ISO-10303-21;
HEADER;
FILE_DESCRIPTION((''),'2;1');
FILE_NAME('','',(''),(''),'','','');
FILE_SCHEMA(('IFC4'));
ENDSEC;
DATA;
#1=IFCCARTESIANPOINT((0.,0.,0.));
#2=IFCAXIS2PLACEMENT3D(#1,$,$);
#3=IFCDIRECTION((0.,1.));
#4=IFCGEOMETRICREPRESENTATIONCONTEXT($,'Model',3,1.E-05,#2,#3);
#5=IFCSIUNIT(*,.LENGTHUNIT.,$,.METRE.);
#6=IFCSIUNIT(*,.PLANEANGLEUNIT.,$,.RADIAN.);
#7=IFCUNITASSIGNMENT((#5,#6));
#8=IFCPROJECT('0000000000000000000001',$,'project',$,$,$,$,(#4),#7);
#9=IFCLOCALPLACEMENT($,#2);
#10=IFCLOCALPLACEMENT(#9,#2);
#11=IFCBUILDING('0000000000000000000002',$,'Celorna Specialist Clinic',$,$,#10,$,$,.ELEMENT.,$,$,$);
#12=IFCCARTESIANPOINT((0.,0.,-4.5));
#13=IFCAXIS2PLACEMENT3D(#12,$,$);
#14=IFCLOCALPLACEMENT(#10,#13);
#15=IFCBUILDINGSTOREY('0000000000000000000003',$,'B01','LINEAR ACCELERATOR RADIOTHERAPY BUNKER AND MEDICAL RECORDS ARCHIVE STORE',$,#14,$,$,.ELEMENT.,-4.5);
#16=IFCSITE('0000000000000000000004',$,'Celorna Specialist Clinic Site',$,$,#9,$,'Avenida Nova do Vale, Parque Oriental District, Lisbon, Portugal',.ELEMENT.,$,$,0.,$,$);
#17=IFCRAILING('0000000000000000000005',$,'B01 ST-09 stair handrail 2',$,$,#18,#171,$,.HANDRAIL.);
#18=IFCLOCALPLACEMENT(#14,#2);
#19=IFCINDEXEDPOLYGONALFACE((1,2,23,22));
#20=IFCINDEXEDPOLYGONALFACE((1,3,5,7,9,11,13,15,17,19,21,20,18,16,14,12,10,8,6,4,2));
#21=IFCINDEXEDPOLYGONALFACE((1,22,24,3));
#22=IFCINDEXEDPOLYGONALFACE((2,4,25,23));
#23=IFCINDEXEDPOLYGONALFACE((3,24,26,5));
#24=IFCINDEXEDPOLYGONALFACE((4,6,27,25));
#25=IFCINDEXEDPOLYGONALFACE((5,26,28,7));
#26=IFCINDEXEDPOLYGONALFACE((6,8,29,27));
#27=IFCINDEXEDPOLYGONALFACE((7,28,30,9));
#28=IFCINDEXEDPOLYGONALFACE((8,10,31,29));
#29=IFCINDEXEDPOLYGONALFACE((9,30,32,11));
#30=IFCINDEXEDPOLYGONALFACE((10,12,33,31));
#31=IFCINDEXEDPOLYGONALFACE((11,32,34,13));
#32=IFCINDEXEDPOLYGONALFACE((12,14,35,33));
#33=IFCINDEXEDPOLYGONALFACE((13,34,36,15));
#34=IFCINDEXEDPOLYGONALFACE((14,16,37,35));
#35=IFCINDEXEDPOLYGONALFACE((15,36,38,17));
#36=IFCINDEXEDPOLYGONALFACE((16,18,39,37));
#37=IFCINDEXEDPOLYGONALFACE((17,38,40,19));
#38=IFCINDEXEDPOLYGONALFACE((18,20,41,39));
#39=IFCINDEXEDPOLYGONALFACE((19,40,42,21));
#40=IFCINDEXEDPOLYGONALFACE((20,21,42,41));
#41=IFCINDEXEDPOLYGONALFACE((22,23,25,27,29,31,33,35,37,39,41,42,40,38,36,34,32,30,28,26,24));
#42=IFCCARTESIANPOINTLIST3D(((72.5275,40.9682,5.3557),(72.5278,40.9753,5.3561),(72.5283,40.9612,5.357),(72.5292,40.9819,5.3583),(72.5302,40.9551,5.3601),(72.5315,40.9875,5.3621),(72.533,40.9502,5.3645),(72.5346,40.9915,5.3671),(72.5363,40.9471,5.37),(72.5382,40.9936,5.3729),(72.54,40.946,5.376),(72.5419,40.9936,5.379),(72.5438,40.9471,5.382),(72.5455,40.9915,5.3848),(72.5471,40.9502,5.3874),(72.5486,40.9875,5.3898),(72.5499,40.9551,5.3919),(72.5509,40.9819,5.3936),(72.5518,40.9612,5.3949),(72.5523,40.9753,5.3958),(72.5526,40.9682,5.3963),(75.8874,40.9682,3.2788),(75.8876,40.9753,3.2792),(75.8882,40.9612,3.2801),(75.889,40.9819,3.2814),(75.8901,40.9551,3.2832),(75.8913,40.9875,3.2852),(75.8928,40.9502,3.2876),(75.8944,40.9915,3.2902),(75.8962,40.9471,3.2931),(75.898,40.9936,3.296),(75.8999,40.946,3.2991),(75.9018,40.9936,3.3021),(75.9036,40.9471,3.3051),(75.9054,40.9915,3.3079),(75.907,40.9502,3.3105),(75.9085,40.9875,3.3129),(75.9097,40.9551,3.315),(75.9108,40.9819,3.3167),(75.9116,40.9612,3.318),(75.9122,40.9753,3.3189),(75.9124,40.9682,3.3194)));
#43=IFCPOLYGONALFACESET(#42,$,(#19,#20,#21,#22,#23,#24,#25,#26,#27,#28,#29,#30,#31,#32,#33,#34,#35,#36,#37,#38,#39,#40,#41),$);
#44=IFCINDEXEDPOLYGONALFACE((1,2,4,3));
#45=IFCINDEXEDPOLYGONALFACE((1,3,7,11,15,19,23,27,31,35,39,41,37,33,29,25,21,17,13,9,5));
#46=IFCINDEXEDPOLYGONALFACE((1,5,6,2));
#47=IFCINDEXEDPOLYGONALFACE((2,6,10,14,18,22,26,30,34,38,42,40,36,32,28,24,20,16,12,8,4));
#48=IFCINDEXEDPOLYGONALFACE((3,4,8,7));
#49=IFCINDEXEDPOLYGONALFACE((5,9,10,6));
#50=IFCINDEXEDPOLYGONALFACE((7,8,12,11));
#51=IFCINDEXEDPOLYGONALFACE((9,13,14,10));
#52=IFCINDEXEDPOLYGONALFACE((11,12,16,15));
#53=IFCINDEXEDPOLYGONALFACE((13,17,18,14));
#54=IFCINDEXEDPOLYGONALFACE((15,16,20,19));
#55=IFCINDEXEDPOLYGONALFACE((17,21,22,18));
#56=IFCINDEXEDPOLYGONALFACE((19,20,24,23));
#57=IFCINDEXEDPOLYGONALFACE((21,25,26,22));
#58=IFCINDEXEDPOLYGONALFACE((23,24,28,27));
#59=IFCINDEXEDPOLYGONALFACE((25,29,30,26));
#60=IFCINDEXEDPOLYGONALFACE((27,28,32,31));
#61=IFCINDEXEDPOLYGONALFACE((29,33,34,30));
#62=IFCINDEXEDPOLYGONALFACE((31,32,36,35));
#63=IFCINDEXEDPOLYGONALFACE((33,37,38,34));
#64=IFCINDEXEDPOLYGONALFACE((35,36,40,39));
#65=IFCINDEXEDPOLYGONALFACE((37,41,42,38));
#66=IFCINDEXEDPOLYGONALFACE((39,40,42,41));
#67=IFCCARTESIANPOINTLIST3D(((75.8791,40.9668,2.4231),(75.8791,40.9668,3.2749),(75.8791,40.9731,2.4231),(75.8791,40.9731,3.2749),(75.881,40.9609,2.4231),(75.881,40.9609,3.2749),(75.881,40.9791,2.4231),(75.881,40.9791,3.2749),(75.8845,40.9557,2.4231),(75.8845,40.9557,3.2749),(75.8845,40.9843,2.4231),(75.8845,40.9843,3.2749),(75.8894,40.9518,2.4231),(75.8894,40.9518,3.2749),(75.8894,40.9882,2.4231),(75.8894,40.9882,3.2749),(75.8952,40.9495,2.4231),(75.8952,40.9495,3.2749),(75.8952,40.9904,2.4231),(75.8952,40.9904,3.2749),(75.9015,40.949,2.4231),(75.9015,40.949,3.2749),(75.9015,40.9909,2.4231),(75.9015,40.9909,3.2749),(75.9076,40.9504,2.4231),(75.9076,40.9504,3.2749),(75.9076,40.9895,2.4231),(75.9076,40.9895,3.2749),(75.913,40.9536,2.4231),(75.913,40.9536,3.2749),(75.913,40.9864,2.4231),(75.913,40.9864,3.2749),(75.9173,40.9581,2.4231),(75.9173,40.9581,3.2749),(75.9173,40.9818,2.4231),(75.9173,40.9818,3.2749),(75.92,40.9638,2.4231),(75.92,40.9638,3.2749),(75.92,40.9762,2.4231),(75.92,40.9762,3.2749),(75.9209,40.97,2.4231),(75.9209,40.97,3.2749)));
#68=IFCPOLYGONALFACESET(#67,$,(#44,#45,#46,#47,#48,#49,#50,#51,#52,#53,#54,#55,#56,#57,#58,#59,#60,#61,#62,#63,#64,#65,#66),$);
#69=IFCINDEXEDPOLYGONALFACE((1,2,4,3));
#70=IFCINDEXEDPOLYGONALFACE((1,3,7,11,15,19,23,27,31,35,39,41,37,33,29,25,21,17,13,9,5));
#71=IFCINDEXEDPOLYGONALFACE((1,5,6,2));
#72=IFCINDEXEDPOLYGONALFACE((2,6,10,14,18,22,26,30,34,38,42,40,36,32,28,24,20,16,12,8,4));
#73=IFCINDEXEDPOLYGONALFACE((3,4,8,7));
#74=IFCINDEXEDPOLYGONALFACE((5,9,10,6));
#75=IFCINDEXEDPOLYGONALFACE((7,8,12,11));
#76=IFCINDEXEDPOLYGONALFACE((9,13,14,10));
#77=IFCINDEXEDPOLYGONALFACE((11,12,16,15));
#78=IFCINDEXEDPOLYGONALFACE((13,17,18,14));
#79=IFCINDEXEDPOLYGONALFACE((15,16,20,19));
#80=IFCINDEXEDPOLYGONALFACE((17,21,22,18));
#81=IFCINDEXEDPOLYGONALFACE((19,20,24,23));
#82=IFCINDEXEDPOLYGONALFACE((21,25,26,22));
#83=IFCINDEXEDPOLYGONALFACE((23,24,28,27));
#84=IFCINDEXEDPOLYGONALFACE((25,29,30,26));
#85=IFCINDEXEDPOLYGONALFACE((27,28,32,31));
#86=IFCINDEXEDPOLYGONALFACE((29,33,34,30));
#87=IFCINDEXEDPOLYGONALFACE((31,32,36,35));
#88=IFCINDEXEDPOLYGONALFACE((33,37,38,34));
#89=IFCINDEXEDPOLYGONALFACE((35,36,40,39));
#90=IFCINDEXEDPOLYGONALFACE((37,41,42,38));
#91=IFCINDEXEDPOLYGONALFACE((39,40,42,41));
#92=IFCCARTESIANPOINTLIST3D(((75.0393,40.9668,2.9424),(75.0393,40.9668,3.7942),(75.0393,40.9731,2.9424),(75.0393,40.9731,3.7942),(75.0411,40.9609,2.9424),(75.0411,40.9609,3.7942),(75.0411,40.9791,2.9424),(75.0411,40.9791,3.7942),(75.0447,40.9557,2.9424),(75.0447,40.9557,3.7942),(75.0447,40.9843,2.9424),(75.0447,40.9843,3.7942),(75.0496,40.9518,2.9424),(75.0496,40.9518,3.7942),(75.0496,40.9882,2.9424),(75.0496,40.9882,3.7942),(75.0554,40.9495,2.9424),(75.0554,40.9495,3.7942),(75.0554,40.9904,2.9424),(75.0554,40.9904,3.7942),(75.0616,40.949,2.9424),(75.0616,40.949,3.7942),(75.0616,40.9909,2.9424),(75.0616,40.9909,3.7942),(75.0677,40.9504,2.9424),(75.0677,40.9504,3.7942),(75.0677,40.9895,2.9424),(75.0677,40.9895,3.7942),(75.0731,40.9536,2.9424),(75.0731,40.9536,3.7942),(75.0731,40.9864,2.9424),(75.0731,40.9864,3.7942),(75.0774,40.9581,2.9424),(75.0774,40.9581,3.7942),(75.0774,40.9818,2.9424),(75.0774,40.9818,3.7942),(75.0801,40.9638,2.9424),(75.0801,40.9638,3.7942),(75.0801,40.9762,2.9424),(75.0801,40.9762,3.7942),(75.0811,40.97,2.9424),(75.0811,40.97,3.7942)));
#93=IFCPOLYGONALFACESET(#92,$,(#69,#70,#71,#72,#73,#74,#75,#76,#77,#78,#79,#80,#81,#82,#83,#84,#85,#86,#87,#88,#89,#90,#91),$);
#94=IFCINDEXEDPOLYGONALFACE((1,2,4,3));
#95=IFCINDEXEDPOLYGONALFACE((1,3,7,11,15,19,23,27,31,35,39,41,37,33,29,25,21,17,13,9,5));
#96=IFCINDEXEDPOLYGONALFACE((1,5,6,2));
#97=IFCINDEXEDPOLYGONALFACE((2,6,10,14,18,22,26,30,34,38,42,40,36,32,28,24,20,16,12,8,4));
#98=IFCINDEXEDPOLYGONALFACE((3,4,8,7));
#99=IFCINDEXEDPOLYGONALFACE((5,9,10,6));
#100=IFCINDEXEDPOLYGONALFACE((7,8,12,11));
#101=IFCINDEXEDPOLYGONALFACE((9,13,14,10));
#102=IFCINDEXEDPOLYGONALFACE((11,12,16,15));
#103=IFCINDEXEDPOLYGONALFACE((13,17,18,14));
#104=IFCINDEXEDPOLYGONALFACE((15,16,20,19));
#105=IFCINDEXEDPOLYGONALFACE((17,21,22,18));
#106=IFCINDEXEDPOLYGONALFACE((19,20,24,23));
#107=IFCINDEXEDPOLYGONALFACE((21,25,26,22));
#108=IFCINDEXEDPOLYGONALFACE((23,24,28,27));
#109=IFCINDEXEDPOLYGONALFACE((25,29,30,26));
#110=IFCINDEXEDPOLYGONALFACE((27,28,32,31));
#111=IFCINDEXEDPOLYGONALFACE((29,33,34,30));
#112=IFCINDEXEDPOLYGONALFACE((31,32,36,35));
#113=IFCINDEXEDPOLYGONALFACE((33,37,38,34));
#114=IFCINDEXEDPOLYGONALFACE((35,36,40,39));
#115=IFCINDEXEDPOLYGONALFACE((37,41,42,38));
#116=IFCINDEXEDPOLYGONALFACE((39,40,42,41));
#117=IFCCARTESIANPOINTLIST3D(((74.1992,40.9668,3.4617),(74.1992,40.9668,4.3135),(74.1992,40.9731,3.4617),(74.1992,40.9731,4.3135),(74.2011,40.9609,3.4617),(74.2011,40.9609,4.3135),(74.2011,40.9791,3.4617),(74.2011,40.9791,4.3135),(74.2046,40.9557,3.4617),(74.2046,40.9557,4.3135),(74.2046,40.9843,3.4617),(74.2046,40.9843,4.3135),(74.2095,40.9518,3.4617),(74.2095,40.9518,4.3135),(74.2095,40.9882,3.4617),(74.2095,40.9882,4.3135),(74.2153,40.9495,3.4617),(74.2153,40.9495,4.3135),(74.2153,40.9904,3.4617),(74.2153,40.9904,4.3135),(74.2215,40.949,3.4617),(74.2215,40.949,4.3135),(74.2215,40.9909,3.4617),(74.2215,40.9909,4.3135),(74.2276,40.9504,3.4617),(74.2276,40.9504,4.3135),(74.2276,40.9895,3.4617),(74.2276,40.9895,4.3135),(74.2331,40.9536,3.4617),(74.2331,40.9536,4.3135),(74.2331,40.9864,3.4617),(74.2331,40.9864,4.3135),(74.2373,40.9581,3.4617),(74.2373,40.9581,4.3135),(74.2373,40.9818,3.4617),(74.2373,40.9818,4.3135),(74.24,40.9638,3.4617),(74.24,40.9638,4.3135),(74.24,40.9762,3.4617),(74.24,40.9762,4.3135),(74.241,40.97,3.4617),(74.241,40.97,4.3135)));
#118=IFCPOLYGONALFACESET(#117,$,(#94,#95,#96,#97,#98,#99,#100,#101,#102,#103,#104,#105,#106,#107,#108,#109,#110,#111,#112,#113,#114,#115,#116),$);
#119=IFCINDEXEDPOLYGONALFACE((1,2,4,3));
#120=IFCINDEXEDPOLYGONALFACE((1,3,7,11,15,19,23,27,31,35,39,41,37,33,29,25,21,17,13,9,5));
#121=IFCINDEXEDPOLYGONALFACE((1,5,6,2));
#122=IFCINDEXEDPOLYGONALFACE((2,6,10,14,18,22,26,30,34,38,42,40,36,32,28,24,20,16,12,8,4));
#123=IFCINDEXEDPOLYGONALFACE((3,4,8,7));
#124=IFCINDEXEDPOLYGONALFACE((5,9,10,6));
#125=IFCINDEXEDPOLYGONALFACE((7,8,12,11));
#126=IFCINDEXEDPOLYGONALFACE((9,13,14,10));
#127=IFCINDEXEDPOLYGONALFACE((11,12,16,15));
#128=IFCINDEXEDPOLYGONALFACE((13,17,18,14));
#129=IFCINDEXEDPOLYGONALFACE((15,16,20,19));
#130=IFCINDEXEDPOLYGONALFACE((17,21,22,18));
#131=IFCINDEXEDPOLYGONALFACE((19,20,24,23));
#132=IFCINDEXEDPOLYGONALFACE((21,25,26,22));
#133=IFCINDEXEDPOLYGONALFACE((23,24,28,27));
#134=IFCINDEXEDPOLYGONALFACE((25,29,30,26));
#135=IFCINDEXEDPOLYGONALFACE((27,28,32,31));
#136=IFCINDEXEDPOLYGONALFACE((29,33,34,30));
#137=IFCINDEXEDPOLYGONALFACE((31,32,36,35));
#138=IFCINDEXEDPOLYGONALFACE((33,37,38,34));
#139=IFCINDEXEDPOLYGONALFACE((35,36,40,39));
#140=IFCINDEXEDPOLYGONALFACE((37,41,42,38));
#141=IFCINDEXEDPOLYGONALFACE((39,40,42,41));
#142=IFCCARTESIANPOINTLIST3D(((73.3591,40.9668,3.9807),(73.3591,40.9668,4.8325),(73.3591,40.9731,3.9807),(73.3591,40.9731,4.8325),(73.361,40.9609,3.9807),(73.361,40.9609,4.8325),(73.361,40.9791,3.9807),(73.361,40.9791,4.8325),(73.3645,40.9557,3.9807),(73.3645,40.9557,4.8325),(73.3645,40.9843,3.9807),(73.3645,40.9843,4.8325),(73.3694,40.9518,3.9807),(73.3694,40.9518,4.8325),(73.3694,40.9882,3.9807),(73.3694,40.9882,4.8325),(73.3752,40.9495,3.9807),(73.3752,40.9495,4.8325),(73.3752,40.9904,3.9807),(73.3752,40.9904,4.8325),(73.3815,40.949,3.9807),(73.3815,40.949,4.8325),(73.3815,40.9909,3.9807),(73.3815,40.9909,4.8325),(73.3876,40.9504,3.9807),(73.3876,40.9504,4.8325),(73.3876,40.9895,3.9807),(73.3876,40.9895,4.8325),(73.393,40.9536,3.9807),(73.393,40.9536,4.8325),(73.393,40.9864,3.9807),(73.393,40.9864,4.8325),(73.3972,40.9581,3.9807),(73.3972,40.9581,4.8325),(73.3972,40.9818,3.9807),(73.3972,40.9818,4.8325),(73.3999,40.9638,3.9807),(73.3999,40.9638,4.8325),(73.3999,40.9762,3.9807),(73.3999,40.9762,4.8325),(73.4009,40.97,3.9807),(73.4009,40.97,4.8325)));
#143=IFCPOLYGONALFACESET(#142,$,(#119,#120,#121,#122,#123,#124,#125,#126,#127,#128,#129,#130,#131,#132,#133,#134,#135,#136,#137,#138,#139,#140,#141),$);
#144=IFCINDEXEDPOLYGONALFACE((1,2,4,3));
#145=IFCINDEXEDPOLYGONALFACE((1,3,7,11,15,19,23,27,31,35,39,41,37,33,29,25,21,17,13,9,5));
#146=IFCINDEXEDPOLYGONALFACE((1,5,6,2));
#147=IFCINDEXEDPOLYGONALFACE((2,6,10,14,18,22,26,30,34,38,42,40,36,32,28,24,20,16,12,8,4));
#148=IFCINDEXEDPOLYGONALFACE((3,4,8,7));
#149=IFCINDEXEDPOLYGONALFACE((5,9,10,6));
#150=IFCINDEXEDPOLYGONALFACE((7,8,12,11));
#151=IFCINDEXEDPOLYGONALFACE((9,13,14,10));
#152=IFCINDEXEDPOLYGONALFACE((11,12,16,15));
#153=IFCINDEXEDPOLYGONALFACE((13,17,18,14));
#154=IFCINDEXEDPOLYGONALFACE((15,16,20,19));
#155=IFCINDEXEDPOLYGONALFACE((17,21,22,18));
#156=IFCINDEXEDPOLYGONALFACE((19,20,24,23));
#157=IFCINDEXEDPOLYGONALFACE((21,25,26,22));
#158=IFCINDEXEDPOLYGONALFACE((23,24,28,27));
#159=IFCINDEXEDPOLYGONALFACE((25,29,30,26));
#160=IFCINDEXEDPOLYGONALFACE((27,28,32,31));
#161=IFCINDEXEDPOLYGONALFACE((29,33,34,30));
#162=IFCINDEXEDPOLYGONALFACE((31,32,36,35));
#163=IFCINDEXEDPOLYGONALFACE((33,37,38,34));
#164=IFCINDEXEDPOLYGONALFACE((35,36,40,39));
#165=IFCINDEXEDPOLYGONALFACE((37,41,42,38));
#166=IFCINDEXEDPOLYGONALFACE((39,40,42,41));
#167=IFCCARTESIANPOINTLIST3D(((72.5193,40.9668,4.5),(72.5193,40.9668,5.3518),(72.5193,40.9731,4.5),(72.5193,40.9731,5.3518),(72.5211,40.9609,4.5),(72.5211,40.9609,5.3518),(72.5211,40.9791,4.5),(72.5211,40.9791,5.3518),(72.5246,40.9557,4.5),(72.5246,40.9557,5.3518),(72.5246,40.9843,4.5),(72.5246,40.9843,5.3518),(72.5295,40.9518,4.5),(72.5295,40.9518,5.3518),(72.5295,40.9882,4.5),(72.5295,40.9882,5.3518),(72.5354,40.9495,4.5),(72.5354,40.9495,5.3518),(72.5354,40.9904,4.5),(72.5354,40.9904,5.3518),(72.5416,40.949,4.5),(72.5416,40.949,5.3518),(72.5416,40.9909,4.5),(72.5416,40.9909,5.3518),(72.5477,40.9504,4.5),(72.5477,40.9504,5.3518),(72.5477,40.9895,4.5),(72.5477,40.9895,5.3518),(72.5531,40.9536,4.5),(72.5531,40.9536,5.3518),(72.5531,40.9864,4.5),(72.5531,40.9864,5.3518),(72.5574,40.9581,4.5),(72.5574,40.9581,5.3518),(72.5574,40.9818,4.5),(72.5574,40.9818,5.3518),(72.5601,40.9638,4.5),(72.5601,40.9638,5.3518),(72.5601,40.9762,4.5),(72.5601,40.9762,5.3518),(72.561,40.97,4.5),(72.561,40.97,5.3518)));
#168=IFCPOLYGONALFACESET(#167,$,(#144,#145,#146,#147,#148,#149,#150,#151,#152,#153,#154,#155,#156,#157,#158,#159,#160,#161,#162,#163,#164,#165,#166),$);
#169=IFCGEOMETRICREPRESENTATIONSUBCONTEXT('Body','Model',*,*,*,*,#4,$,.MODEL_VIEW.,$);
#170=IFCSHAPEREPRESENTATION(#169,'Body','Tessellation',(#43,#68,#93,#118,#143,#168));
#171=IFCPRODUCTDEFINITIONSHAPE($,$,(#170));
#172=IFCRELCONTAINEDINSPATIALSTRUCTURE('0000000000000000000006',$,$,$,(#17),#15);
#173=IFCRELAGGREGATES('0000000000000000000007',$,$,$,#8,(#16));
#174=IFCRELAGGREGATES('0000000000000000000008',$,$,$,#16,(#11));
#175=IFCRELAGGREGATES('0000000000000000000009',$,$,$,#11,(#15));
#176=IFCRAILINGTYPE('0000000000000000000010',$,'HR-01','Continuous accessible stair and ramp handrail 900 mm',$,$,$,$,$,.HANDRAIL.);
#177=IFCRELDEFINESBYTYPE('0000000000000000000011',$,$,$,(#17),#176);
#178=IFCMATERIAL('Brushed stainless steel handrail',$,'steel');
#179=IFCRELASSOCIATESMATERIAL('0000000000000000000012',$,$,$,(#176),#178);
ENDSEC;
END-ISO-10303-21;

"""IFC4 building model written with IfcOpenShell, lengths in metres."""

from ifc_helpers import new_model, si_unit, direction, frame, origin, origin_2d, place, context, subcontext, project, spatial, circle, extrude, material, type_object, element, save


model = new_model("IFC4")

# Units and contexts
model_context = context("Model", 3, precision=1e-05, world=origin(), true_north=direction((0.0, 1.0)))
body_context = subcontext(model_context, "Body", "Model", "MODEL_VIEW")
ifc_project = project(units=[si_unit("LENGTHUNIT", "METRE"), si_unit("PLANEANGLEUNIT", "RADIAN")], contexts=[model_context])

# Site, building, storey
site_placement = place(None, origin())
site = spatial("IfcSite", under=ifc_project, at=site_placement, Name="Celorna Specialist Clinic Site", LongName="Avenida Nova do Vale, Parque Oriental District, Lisbon, Portugal", CompositionType="ELEMENT", RefElevation=0.0)
building_placement = place(site_placement, origin())
building = spatial("IfcBuilding", under=site, at=building_placement, Name="Celorna Specialist Clinic", CompositionType="ELEMENT")
storey_placement = place(building_placement, frame((0.0, 0.0, -4.5)))
storey = spatial("IfcBuildingStorey", under=building, at=storey_placement, Name="B01", Description="LINEAR ACCELERATOR RADIOTHERAPY BUNKER AND MEDICAL RECORDS ARCHIVE STORE", CompositionType="ELEMENT", Elevation=-4.5)

# Railing
ifc_material_1 = material(Name="Brushed stainless steel handrail", Category="steel")
railing_type_1 = type_object("IfcRailingType", Name="HR-01", Description="Continuous accessible stair and ramp handrail 900 mm", PredefinedType="HANDRAIL", material=ifc_material_1)
railing_1_placement = place(storey_placement, frame((75.8999, 40.97, 2.4231)))
element("IfcRailing", 1, at=railing_1_placement, inside=storey, type_object=railing_type_1, Name="B01 ST-09 stair handrail 2", PredefinedType="HANDRAIL", context=body_context, shape_type="SweptSolid", body=[
    extrude(circle(Radius=0.0239, at=origin_2d()), frame((0.0, 0.0, 0.876), z_axis=(-0.850606, 0.0, 0.525803), x_axis=(0.0, -1.0, 0.0)), (0.0, 0.0, 1.0), 3.95),
    extrude(circle(Radius=0.021, at=origin_2d()), origin(), (0.0, 0.0, 1.0), 0.8518),
    extrude(circle(Radius=0.021, at=origin_2d()), frame((-0.8398, 0.0, 0.5193)), (0.0, 0.0, 1.0), 0.8518),
    extrude(circle(Radius=0.021, at=origin_2d()), frame((-1.6799, 0.0, 1.0386)), (0.0, 0.0, 1.0), 0.8518),
    extrude(circle(Radius=0.021, at=origin_2d()), frame((-2.52, 0.0, 1.5576)), (0.0, 0.0, 1.0), 0.8518),
    extrude(circle(Radius=0.021, at=origin_2d()), frame((-3.3599, 0.0, 2.0769)), (0.0, 0.0, 1.0), 0.8518),
])

save(model, "model.ifc")
